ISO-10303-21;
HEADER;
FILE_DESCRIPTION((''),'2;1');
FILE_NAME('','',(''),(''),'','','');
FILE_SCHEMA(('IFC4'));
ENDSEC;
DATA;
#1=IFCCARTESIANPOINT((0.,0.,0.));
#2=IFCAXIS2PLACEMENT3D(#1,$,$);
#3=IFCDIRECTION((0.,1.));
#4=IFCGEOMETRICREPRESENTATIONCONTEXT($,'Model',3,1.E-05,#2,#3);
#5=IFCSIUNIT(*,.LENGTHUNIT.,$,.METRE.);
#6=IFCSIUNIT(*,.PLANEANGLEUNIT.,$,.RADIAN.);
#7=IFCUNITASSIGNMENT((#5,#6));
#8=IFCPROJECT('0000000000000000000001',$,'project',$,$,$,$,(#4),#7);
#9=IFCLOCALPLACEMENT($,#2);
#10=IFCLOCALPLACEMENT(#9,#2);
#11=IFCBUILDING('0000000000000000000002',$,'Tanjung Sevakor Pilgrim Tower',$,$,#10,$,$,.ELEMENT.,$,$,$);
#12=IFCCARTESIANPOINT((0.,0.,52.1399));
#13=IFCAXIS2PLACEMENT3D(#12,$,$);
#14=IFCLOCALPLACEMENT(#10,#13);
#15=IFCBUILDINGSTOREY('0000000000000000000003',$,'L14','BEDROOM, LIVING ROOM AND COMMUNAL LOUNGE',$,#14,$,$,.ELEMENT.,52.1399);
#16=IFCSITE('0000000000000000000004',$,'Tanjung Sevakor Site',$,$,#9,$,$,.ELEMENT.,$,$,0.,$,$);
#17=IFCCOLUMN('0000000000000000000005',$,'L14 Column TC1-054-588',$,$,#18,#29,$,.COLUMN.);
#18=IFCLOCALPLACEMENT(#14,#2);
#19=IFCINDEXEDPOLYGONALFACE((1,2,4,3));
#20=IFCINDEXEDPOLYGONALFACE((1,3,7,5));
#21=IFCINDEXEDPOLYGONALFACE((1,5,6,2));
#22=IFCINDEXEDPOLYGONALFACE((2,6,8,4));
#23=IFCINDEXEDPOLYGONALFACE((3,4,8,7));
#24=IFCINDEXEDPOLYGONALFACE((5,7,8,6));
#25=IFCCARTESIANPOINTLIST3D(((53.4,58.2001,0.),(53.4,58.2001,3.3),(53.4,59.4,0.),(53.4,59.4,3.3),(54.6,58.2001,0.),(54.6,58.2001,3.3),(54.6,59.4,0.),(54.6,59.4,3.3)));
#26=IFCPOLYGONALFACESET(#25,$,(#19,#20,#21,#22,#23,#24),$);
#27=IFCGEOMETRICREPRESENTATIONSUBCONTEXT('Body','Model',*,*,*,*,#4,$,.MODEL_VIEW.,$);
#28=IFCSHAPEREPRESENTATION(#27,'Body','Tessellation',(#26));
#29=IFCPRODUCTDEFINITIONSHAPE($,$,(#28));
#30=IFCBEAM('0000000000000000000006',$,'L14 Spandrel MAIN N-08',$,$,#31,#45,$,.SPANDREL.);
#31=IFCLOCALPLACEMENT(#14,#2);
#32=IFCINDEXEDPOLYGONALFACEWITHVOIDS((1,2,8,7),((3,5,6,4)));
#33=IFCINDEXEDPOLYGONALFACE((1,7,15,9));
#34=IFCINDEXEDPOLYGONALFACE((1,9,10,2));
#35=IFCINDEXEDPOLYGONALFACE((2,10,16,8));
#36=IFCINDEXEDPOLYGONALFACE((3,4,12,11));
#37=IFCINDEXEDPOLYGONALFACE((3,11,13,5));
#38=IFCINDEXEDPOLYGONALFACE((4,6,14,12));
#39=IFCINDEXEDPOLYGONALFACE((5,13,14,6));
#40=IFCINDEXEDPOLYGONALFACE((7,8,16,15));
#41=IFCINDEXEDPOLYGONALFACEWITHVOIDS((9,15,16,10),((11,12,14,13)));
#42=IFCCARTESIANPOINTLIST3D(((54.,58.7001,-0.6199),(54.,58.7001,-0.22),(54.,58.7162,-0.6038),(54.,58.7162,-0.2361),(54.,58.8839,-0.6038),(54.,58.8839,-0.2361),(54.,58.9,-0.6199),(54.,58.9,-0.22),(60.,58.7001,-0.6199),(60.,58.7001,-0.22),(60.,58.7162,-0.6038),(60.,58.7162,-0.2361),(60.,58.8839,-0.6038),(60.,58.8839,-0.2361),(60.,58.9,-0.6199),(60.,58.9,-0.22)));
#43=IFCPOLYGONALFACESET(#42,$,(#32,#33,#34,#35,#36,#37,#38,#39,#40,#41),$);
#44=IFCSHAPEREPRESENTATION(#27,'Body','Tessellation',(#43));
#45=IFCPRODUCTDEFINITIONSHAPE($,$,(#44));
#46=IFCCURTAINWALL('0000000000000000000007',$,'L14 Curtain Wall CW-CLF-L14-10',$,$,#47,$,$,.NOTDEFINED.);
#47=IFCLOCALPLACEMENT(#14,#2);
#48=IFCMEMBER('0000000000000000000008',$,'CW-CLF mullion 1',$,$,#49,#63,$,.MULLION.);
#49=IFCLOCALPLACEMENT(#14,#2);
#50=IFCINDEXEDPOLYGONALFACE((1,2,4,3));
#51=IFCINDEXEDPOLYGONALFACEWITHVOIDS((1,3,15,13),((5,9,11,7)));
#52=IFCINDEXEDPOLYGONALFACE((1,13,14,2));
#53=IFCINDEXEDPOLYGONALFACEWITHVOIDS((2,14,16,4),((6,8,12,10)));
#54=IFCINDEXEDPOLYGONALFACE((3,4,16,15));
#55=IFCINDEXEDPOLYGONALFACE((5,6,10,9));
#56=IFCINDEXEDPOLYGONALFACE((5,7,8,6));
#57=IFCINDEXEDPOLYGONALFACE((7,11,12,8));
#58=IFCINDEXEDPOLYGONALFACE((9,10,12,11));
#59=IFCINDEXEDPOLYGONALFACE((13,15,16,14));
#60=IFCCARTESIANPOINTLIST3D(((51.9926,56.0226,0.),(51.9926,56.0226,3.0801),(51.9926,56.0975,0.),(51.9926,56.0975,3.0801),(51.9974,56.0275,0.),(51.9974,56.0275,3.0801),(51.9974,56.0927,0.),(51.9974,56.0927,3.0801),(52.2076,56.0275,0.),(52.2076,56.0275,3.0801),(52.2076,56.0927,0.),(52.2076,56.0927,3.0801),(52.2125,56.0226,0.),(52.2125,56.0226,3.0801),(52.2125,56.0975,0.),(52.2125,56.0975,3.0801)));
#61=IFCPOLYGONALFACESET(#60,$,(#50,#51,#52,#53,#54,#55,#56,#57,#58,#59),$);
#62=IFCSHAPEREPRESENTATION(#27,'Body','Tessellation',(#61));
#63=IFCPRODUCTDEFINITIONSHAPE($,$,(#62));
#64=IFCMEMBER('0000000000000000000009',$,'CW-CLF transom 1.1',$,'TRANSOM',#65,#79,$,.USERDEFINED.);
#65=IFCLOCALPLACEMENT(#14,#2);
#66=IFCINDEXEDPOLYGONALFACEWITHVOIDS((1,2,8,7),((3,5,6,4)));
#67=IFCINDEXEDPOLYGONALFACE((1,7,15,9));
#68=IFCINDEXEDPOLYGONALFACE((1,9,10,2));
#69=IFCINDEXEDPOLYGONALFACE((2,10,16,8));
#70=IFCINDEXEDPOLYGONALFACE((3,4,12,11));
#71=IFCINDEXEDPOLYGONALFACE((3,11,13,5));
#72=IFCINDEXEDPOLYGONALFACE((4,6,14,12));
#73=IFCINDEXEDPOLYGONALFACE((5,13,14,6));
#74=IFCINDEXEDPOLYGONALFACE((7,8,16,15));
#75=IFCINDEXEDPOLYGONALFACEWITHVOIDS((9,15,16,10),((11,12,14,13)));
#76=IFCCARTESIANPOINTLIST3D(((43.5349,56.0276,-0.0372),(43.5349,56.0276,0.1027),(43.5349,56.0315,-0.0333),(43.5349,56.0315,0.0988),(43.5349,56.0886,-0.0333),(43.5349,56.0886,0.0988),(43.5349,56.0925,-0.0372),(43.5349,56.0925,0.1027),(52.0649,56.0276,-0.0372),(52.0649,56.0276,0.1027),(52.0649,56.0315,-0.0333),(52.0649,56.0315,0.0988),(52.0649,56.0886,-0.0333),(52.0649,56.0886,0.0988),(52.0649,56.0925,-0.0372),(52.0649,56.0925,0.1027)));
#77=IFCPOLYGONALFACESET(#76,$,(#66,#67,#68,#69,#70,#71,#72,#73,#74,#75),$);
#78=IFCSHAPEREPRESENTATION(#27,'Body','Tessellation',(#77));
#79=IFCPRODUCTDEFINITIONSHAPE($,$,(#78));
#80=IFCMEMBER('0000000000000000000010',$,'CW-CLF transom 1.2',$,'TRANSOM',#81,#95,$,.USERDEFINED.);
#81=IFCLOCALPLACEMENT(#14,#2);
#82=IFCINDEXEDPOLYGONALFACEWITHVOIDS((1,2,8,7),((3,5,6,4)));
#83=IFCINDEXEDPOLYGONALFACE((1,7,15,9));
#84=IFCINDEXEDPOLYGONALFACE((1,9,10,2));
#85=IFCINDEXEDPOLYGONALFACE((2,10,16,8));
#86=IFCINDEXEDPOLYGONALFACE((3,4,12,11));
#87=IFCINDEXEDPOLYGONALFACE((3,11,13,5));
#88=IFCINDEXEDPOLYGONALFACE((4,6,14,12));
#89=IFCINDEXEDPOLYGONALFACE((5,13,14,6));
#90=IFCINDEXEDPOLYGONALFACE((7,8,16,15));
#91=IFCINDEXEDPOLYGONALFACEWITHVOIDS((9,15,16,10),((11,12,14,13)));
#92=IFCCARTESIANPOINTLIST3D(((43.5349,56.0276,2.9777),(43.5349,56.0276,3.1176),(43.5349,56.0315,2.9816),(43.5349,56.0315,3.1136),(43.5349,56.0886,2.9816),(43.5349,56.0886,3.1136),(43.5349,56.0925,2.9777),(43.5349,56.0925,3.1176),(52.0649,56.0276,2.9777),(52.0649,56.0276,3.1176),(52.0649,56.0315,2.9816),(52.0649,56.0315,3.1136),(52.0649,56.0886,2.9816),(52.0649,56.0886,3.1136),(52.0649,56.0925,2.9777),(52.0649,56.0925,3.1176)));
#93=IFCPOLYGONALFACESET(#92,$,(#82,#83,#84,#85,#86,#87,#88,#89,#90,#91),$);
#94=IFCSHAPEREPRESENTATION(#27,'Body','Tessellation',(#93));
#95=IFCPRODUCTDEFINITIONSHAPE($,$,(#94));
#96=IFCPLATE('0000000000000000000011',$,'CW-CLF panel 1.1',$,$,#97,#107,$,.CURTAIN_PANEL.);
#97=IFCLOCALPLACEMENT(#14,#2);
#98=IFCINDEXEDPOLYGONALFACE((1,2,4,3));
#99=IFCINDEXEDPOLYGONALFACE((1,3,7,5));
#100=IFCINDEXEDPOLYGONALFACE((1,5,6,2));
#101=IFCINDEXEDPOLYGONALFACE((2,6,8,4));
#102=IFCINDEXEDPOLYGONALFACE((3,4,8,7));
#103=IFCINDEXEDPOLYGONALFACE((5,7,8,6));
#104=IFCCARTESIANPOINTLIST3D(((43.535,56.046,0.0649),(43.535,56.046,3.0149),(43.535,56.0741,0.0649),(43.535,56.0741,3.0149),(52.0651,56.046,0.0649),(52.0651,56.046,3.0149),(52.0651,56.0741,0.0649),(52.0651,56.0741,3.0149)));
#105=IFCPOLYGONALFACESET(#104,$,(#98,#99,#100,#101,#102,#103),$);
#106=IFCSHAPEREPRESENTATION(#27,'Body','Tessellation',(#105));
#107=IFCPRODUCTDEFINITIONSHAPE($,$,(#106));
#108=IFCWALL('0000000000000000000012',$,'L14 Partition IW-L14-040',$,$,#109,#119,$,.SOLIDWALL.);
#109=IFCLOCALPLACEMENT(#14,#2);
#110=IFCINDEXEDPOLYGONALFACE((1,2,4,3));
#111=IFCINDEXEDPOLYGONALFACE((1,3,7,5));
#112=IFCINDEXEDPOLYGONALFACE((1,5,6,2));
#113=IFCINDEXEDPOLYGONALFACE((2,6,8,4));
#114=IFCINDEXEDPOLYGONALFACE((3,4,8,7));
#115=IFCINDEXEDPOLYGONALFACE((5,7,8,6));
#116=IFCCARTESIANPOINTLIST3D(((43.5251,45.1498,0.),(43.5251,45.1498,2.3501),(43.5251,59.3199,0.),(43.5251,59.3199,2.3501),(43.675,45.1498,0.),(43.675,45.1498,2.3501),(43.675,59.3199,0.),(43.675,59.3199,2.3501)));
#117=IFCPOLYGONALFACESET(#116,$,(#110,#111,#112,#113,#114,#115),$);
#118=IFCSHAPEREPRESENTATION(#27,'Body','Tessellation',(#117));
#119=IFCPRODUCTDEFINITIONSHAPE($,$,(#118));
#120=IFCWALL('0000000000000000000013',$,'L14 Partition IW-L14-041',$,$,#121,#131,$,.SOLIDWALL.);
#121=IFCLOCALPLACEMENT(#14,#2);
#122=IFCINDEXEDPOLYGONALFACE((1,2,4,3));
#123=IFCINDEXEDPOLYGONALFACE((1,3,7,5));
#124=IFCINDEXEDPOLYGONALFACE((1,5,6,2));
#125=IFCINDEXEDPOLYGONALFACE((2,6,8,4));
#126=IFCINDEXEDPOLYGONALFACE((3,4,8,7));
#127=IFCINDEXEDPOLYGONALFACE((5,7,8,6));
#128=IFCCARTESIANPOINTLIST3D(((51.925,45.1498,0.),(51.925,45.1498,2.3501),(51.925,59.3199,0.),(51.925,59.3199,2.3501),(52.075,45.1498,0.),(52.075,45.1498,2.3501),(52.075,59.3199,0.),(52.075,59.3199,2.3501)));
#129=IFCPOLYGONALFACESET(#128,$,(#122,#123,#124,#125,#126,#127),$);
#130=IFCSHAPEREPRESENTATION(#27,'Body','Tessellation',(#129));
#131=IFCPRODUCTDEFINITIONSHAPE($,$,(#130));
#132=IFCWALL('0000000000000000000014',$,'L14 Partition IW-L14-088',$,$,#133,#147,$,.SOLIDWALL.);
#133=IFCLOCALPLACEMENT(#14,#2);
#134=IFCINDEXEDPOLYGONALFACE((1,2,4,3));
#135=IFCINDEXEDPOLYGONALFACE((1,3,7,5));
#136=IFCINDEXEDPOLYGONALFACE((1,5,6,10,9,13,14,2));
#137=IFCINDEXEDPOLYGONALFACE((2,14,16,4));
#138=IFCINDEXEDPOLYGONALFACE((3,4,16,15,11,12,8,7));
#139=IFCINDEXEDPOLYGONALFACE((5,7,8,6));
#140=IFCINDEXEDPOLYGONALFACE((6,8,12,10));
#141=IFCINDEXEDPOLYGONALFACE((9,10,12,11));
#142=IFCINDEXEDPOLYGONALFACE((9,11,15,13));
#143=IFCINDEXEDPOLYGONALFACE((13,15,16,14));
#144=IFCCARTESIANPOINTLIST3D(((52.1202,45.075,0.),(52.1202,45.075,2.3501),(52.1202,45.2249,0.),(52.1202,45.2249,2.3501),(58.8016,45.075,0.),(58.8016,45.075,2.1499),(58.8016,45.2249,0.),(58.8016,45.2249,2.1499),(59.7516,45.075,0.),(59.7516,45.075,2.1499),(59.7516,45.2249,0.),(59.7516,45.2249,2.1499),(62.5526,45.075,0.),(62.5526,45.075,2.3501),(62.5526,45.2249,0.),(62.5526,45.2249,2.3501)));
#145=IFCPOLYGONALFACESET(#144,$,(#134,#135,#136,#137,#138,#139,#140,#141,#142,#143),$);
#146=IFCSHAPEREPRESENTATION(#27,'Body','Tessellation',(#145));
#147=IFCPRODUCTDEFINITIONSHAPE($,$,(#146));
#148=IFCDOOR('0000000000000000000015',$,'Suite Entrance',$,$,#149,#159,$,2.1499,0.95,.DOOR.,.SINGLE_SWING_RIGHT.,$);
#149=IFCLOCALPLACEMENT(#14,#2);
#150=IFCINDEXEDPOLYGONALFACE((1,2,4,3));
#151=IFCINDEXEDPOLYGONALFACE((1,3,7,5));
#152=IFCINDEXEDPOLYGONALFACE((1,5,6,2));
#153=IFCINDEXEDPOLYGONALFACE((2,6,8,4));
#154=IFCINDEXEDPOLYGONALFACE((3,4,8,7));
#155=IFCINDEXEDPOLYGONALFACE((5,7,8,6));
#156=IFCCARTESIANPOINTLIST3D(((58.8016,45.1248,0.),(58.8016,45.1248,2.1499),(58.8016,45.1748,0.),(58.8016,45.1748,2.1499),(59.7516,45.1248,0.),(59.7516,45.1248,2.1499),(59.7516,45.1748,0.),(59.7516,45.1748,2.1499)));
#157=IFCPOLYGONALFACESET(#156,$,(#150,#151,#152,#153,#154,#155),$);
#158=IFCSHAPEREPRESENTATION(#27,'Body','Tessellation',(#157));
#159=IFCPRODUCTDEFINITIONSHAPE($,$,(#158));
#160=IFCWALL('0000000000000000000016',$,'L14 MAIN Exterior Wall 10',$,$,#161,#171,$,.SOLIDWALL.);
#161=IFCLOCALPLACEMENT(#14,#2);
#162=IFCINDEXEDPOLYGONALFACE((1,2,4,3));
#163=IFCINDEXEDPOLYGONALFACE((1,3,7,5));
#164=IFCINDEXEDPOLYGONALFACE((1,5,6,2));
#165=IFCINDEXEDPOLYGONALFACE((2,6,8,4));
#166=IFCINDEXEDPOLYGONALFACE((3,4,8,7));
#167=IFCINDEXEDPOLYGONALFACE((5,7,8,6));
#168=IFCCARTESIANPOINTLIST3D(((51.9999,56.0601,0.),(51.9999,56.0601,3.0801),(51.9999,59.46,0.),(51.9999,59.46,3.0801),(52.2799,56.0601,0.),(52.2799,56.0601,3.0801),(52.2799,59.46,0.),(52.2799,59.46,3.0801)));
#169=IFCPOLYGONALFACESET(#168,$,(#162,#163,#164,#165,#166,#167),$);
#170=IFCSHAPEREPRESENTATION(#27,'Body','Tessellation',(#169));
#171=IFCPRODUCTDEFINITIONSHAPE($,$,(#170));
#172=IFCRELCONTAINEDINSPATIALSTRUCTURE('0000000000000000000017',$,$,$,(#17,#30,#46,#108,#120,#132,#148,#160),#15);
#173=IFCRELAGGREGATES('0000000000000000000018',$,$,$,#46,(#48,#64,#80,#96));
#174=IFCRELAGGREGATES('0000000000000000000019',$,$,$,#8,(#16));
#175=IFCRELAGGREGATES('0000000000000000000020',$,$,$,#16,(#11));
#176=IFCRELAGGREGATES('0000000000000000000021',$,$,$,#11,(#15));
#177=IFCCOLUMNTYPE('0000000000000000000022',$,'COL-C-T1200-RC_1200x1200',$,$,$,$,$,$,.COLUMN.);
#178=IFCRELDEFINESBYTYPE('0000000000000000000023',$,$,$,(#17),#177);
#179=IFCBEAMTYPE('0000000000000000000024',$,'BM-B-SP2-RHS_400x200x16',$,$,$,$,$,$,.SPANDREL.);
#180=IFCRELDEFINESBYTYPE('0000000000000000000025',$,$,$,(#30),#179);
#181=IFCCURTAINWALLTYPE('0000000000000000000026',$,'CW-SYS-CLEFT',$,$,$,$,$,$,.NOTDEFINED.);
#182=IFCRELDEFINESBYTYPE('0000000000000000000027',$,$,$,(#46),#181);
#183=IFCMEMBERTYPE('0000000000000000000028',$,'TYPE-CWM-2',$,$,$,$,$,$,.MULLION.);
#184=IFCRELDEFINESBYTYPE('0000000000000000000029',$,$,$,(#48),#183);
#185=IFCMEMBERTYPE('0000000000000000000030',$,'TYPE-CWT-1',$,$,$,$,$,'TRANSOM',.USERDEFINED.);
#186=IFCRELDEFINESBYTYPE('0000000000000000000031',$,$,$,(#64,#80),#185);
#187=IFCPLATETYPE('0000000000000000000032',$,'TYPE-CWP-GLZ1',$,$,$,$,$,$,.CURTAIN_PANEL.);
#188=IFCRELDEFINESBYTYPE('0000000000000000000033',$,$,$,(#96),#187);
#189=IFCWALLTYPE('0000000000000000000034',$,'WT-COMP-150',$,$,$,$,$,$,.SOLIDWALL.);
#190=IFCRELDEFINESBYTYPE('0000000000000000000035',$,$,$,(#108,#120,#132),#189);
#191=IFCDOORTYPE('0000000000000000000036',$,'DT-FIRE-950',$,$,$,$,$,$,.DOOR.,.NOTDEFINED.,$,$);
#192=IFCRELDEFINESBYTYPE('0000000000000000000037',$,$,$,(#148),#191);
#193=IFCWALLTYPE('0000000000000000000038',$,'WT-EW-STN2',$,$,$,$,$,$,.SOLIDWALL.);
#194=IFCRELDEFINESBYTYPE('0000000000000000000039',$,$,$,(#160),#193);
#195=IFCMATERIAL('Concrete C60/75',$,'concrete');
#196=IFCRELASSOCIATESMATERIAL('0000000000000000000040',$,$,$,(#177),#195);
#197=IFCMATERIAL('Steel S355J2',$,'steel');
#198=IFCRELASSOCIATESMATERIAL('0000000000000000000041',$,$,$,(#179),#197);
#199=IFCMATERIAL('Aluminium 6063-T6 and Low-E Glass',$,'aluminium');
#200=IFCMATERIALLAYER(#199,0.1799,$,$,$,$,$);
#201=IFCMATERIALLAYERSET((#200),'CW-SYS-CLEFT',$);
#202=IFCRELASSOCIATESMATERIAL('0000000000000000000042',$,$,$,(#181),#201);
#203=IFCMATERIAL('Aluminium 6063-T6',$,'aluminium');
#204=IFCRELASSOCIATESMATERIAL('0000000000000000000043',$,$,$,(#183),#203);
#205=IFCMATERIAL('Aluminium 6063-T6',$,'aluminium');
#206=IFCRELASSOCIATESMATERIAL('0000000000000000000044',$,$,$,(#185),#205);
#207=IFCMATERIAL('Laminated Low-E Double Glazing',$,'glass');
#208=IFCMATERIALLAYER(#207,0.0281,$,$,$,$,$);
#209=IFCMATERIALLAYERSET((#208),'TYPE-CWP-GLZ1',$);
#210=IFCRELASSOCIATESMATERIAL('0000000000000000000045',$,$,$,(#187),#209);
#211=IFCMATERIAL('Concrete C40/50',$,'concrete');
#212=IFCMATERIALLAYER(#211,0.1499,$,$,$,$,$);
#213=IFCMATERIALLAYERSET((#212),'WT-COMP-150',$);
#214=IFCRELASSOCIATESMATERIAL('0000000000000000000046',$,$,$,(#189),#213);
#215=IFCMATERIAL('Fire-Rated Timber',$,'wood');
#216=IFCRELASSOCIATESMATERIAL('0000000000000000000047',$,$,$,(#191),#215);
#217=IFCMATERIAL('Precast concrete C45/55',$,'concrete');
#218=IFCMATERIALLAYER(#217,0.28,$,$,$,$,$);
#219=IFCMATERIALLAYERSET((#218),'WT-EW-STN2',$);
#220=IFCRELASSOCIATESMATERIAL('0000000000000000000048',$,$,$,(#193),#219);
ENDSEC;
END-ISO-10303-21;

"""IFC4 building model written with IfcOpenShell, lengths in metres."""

from ifc_helpers import new_model, si_unit, direction, frame, frame_2d, origin, origin_2d, place, context, subcontext, project, spatial, rectangle, hollow_rectangle, extrude, material, layer, layer_set, material_profile, profile_set, type_object, element, fill, aggregate, save


model = new_model("IFC4")

# Units and contexts
model_context = context("Model", 3, precision=1e-05, world=origin(), true_north=direction((0.0, 1.0)))
body_context = subcontext(model_context, "Body", "Model", "MODEL_VIEW")
ifc_project = project(units=[si_unit("LENGTHUNIT", "METRE"), si_unit("PLANEANGLEUNIT", "RADIAN")], contexts=[model_context])

# Site, building, storey
site_placement = place(None, origin())
site = spatial("IfcSite", under=ifc_project, at=site_placement, Name="Tanjung Sevakor Site", CompositionType="ELEMENT", RefElevation=0.0)
building_placement = place(site_placement, origin())
building = spatial("IfcBuilding", under=site, at=building_placement, Name="Tanjung Sevakor Pilgrim Tower", CompositionType="ELEMENT")
storey_placement = place(building_placement, frame((0.0, 0.0, 52.1399)))
storey = spatial("IfcBuildingStorey", under=building, at=storey_placement, Name="L14", Description="BEDROOM, LIVING ROOM AND COMMUNAL LOUNGE", CompositionType="ELEMENT", Elevation=52.1399)

# Column
ifc_material_1 = material(Name="Concrete C60/75", Category="concrete")
ifc_material_profile_1 = material_profile(ifc_material_1, rectangle(XDim=1.2, YDim=1.2, at=origin_2d()))
ifc_profile_set_1 = profile_set([ifc_material_profile_1], Name="Concrete C60/75")
column_type = type_object("IfcColumnType", Name="COL-C-T1200-RC_1200x1200", PredefinedType="COLUMN", material=ifc_profile_set_1)
column_placement = place(storey_placement, frame((54.0, 58.8, 0.0), z_axis=(0.0, 0.0, 1.0), x_axis=(1.0, 0.0, 0.0)))
element("IfcColumn", 1, at=column_placement, inside=storey, type_object=column_type, Name="L14 Column TC1-054-588", PredefinedType="COLUMN", context=body_context, shape_type="SweptSolid", body=[
    extrude(rectangle(XDim=1.2, YDim=1.2, at=origin_2d()), origin(), (0.0, 0.0, 1.0), 3.3),
])

# Beam
ifc_material_2 = material(Name="Steel S355J2", Category="steel")
ifc_material_profile_2 = material_profile(ifc_material_2, hollow_rectangle(XDim=0.2, YDim=0.3999, WallThickness=0.0161, at=origin_2d()))
ifc_profile_set_2 = profile_set([ifc_material_profile_2], Name="Steel S355J2")
beam_type = type_object("IfcBeamType", Name="BM-B-SP2-RHS_400x200x16", PredefinedType="SPANDREL", material=ifc_profile_set_2)
beam_placement = place(storey_placement, frame((54.0, 58.8, -0.4199), z_axis=(1.0, 0.0, 0.0), x_axis=(0.0, 1.0, 0.0)))
element("IfcBeam", 2, at=beam_placement, inside=storey, type_object=beam_type, Name="L14 Spandrel MAIN N-08", PredefinedType="SPANDREL", context=body_context, shape_type="SweptSolid", body=[
    extrude(hollow_rectangle(XDim=0.2, YDim=0.3999, WallThickness=0.0161, at=origin_2d()), origin(), (0.0, 0.0, 1.0), 6.0),
])

# Curtain wall, members, plate
ifc_material_3 = material(Name="Aluminium 6063-T6 and Low-E Glass", Category="aluminium")
ifc_layer_1 = layer(ifc_material_3, 0.1799)
ifc_layer_set_1 = layer_set([ifc_layer_1], Name="CW-SYS-CLEFT")
curtain_wall_type = type_object("IfcCurtainWallType", Name="CW-SYS-CLEFT", PredefinedType="NOTDEFINED", material=ifc_layer_set_1)
curtain_wall_placement = place(storey_placement, origin())
curtain_wall = element("IfcCurtainWall", 3, at=curtain_wall_placement, inside=storey, type_object=curtain_wall_type, Name="L14 Curtain Wall CW-CLF-L14-10", PredefinedType="NOTDEFINED")
ifc_material_4 = material(Name="Aluminium 6063-T6", Category="aluminium")
ifc_material_profile_3 = material_profile(ifc_material_4, hollow_rectangle(XDim=0.075, YDim=0.22, WallThickness=0.0049, at=origin_2d()))
ifc_profile_set_3 = profile_set([ifc_material_profile_3], Name="Aluminium 6063-T6")
member_type_1 = type_object("IfcMemberType", Name="TYPE-CWM-2", PredefinedType="MULLION", material=ifc_profile_set_3)
member_1_placement = place(storey_placement, frame((52.1025, 56.0601, 0.0), z_axis=(0.0, 0.0, 1.0), x_axis=(0.0, -1.0, 0.0)))
member_1 = element("IfcMember", 4, at=member_1_placement, type_object=member_type_1, Name="CW-CLF mullion 1", PredefinedType="MULLION", context=body_context, shape_type="SweptSolid", body=[
    extrude(hollow_rectangle(XDim=0.075, YDim=0.22, WallThickness=0.0049, at=origin_2d()), origin(), (0.0, 0.0, 1.0), 3.0801),
])
ifc_material_5 = material(Name="Aluminium 6063-T6", Category="aluminium")
ifc_material_profile_4 = material_profile(ifc_material_5, hollow_rectangle(XDim=0.0649, YDim=0.1399, WallThickness=0.0039, at=origin_2d()))
ifc_profile_set_4 = profile_set([ifc_material_profile_4], Name="Aluminium 6063-T6")
member_type_2 = type_object("IfcMemberType", Name="TYPE-CWT-1", ElementType="TRANSOM", PredefinedType="USERDEFINED", material=ifc_profile_set_4)
member_2_placement = place(storey_placement, frame((52.0649, 56.0601, 0.0327), z_axis=(-1.0, 0.0, 0.0), x_axis=(0.0, -1.0, 0.0)))
member_2 = element("IfcMember", 5, at=member_2_placement, type_object=member_type_2, Name="CW-CLF transom 1.1", ObjectType="TRANSOM", PredefinedType="USERDEFINED", context=body_context, shape_type="SweptSolid", body=[
    extrude(hollow_rectangle(XDim=0.0649, YDim=0.1399, WallThickness=0.0039, at=origin_2d()), origin(), (0.0, 0.0, 1.0), 8.53),
])
member_3_placement = place(storey_placement, frame((52.0649, 56.0601, 3.0476), z_axis=(-1.0, 0.0, 0.0), x_axis=(0.0, -1.0, 0.0)))
member_3 = element("IfcMember", 6, at=member_3_placement, type_object=member_type_2, Name="CW-CLF transom 1.2", ObjectType="TRANSOM", PredefinedType="USERDEFINED", context=body_context, shape_type="SweptSolid", body=[
    extrude(hollow_rectangle(XDim=0.0649, YDim=0.1399, WallThickness=0.0039, at=origin_2d()), origin(), (0.0, 0.0, 1.0), 8.53),
])
ifc_material_6 = material(Name="Laminated Low-E Double Glazing", Category="glass")
ifc_layer_2 = layer(ifc_material_6, 0.0281)
ifc_layer_set_2 = layer_set([ifc_layer_2], Name="TYPE-CWP-GLZ1")
plate_type = type_object("IfcPlateType", Name="TYPE-CWP-GLZ1", PredefinedType="CURTAIN_PANEL", material=ifc_layer_set_2)
plate_placement = place(storey_placement, frame((47.8, 56.0601, 0.0649), z_axis=(0.0, 0.0, 1.0), x_axis=(-1.0, 0.0, 0.0)))
plate = element("IfcPlate", 7, at=plate_placement, type_object=plate_type, Name="CW-CLF panel 1.1", PredefinedType="CURTAIN_PANEL", context=body_context, shape_type="SweptSolid", body=[
    extrude(rectangle(XDim=8.53, YDim=0.0281, at=origin_2d()), origin(), (0.0, 0.0, 1.0), 2.95),
])
aggregate(curtain_wall, [member_1, member_2, member_3, plate])

# Walls
ifc_material_7 = material(Name="Concrete C40/50", Category="concrete")
ifc_layer_3 = layer(ifc_material_7, 0.1499)
ifc_layer_set_3 = layer_set([ifc_layer_3], Name="WT-COMP-150")
wall_type_1 = type_object("IfcWallType", Name="WT-COMP-150", PredefinedType="SOLIDWALL", material=ifc_layer_set_3)
for number, where, z_axis, x_axis, name in (
    (8, (43.6001, 45.1499, 0.0), (0.0, 0.0, 1.0), (0.0, 1.0, 0.0), "L14 Partition IW-L14-040"),
    (9, (52.0, 45.1499, 0.0), (0.0, 0.0, 1.0), (0.0, 1.0, 0.0), "L14 Partition IW-L14-041"),
):
    element("IfcWall", number, at=place(storey_placement, frame(where, z_axis=z_axis, x_axis=x_axis)), inside=storey, type_object=wall_type_1, Name=name, PredefinedType="SOLIDWALL", context=body_context, shape_type="SweptSolid", body=[
        extrude(rectangle(XDim=14.1702, YDim=0.1499, at=frame_2d((7.085, 0.0))), origin(), (0.0, 0.0, 1.0), 2.3501),
    ])

# Wall, opening, door
wall_1_placement = place(storey_placement, frame((52.1201, 45.1499, 0.0), z_axis=(0.0, 0.0, 1.0), x_axis=(1.0, 0.0, 0.0)))
wall_1 = element("IfcWall", 10, at=wall_1_placement, inside=storey, type_object=wall_type_1, Name="L14 Partition IW-L14-088", PredefinedType="SOLIDWALL", context=body_context, shape_type="SweptSolid", body=[
    extrude(rectangle(XDim=10.4324, YDim=0.1499, at=frame_2d((5.2163, 0.0))), origin(), (0.0, 0.0, 1.0), 2.3501),
])
opening_1_placement = place(wall_1_placement, frame((6.6814, 0.0, 0.0)))
opening_1 = element("IfcOpeningElement", 11, at=opening_1_placement, cuts=wall_1, PredefinedType="OPENING", context=body_context, shape_type="SweptSolid", body=[
    extrude(rectangle(XDim=0.95, YDim=2.1499, at=frame_2d((0.4751, 1.075))), frame((0.0, 0.085, 0.0), z_axis=(0.0, -1.0, 0.0), x_axis=(1.0, 0.0, 0.0)), (0.0, 0.0, 1.0), 0.1699),
])
ifc_material_8 = material(Name="Fire-Rated Timber", Category="wood")
door_type_1 = type_object("IfcDoorType", Name="DT-FIRE-950", OperationType="NOTDEFINED", PredefinedType="DOOR", material=ifc_material_8)
door_1_placement = place(opening_1_placement, origin())
door_1 = element("IfcDoor", 12, at=door_1_placement, inside=storey, type_object=door_type_1, Name="Suite Entrance", OperationType="SINGLE_SWING_RIGHT", OverallHeight=2.1499, OverallWidth=0.95, PredefinedType="DOOR", context=body_context, shape_type="SweptSolid", body=[
    extrude(rectangle(XDim=0.95, YDim=2.1499, at=frame_2d((0.4751, 1.075))), frame((0.0, 0.0249, 0.0), z_axis=(0.0, -1.0, 0.0), x_axis=(1.0, 0.0, 0.0)), (0.0, 0.0, 1.0), 0.05),
])
fill(opening_1, door_1)

# Wall
ifc_material_9 = material(Name="Precast concrete C45/55", Category="concrete")
ifc_layer_4 = layer(ifc_material_9, 0.28)
ifc_layer_set_4 = layer_set([ifc_layer_4], Name="WT-EW-STN2")
wall_type_2 = type_object("IfcWallType", Name="WT-EW-STN2", PredefinedType="SOLIDWALL", material=ifc_layer_set_4)
wall_2_placement = place(storey_placement, frame((52.1399, 59.46, 0.0), z_axis=(0.0, 0.0, 1.0), x_axis=(0.0, -1.0, 0.0)))
element("IfcWall", 13, at=wall_2_placement, inside=storey, type_object=wall_type_2, Name="L14 MAIN Exterior Wall 10", PredefinedType="SOLIDWALL", context=body_context, shape_type="SweptSolid", body=[
    extrude(rectangle(XDim=3.3999, YDim=0.28, at=frame_2d((1.7, 0.0))), origin(), (0.0, 0.0, 1.0), 3.0801),
])

save(model, "model.ifc")
